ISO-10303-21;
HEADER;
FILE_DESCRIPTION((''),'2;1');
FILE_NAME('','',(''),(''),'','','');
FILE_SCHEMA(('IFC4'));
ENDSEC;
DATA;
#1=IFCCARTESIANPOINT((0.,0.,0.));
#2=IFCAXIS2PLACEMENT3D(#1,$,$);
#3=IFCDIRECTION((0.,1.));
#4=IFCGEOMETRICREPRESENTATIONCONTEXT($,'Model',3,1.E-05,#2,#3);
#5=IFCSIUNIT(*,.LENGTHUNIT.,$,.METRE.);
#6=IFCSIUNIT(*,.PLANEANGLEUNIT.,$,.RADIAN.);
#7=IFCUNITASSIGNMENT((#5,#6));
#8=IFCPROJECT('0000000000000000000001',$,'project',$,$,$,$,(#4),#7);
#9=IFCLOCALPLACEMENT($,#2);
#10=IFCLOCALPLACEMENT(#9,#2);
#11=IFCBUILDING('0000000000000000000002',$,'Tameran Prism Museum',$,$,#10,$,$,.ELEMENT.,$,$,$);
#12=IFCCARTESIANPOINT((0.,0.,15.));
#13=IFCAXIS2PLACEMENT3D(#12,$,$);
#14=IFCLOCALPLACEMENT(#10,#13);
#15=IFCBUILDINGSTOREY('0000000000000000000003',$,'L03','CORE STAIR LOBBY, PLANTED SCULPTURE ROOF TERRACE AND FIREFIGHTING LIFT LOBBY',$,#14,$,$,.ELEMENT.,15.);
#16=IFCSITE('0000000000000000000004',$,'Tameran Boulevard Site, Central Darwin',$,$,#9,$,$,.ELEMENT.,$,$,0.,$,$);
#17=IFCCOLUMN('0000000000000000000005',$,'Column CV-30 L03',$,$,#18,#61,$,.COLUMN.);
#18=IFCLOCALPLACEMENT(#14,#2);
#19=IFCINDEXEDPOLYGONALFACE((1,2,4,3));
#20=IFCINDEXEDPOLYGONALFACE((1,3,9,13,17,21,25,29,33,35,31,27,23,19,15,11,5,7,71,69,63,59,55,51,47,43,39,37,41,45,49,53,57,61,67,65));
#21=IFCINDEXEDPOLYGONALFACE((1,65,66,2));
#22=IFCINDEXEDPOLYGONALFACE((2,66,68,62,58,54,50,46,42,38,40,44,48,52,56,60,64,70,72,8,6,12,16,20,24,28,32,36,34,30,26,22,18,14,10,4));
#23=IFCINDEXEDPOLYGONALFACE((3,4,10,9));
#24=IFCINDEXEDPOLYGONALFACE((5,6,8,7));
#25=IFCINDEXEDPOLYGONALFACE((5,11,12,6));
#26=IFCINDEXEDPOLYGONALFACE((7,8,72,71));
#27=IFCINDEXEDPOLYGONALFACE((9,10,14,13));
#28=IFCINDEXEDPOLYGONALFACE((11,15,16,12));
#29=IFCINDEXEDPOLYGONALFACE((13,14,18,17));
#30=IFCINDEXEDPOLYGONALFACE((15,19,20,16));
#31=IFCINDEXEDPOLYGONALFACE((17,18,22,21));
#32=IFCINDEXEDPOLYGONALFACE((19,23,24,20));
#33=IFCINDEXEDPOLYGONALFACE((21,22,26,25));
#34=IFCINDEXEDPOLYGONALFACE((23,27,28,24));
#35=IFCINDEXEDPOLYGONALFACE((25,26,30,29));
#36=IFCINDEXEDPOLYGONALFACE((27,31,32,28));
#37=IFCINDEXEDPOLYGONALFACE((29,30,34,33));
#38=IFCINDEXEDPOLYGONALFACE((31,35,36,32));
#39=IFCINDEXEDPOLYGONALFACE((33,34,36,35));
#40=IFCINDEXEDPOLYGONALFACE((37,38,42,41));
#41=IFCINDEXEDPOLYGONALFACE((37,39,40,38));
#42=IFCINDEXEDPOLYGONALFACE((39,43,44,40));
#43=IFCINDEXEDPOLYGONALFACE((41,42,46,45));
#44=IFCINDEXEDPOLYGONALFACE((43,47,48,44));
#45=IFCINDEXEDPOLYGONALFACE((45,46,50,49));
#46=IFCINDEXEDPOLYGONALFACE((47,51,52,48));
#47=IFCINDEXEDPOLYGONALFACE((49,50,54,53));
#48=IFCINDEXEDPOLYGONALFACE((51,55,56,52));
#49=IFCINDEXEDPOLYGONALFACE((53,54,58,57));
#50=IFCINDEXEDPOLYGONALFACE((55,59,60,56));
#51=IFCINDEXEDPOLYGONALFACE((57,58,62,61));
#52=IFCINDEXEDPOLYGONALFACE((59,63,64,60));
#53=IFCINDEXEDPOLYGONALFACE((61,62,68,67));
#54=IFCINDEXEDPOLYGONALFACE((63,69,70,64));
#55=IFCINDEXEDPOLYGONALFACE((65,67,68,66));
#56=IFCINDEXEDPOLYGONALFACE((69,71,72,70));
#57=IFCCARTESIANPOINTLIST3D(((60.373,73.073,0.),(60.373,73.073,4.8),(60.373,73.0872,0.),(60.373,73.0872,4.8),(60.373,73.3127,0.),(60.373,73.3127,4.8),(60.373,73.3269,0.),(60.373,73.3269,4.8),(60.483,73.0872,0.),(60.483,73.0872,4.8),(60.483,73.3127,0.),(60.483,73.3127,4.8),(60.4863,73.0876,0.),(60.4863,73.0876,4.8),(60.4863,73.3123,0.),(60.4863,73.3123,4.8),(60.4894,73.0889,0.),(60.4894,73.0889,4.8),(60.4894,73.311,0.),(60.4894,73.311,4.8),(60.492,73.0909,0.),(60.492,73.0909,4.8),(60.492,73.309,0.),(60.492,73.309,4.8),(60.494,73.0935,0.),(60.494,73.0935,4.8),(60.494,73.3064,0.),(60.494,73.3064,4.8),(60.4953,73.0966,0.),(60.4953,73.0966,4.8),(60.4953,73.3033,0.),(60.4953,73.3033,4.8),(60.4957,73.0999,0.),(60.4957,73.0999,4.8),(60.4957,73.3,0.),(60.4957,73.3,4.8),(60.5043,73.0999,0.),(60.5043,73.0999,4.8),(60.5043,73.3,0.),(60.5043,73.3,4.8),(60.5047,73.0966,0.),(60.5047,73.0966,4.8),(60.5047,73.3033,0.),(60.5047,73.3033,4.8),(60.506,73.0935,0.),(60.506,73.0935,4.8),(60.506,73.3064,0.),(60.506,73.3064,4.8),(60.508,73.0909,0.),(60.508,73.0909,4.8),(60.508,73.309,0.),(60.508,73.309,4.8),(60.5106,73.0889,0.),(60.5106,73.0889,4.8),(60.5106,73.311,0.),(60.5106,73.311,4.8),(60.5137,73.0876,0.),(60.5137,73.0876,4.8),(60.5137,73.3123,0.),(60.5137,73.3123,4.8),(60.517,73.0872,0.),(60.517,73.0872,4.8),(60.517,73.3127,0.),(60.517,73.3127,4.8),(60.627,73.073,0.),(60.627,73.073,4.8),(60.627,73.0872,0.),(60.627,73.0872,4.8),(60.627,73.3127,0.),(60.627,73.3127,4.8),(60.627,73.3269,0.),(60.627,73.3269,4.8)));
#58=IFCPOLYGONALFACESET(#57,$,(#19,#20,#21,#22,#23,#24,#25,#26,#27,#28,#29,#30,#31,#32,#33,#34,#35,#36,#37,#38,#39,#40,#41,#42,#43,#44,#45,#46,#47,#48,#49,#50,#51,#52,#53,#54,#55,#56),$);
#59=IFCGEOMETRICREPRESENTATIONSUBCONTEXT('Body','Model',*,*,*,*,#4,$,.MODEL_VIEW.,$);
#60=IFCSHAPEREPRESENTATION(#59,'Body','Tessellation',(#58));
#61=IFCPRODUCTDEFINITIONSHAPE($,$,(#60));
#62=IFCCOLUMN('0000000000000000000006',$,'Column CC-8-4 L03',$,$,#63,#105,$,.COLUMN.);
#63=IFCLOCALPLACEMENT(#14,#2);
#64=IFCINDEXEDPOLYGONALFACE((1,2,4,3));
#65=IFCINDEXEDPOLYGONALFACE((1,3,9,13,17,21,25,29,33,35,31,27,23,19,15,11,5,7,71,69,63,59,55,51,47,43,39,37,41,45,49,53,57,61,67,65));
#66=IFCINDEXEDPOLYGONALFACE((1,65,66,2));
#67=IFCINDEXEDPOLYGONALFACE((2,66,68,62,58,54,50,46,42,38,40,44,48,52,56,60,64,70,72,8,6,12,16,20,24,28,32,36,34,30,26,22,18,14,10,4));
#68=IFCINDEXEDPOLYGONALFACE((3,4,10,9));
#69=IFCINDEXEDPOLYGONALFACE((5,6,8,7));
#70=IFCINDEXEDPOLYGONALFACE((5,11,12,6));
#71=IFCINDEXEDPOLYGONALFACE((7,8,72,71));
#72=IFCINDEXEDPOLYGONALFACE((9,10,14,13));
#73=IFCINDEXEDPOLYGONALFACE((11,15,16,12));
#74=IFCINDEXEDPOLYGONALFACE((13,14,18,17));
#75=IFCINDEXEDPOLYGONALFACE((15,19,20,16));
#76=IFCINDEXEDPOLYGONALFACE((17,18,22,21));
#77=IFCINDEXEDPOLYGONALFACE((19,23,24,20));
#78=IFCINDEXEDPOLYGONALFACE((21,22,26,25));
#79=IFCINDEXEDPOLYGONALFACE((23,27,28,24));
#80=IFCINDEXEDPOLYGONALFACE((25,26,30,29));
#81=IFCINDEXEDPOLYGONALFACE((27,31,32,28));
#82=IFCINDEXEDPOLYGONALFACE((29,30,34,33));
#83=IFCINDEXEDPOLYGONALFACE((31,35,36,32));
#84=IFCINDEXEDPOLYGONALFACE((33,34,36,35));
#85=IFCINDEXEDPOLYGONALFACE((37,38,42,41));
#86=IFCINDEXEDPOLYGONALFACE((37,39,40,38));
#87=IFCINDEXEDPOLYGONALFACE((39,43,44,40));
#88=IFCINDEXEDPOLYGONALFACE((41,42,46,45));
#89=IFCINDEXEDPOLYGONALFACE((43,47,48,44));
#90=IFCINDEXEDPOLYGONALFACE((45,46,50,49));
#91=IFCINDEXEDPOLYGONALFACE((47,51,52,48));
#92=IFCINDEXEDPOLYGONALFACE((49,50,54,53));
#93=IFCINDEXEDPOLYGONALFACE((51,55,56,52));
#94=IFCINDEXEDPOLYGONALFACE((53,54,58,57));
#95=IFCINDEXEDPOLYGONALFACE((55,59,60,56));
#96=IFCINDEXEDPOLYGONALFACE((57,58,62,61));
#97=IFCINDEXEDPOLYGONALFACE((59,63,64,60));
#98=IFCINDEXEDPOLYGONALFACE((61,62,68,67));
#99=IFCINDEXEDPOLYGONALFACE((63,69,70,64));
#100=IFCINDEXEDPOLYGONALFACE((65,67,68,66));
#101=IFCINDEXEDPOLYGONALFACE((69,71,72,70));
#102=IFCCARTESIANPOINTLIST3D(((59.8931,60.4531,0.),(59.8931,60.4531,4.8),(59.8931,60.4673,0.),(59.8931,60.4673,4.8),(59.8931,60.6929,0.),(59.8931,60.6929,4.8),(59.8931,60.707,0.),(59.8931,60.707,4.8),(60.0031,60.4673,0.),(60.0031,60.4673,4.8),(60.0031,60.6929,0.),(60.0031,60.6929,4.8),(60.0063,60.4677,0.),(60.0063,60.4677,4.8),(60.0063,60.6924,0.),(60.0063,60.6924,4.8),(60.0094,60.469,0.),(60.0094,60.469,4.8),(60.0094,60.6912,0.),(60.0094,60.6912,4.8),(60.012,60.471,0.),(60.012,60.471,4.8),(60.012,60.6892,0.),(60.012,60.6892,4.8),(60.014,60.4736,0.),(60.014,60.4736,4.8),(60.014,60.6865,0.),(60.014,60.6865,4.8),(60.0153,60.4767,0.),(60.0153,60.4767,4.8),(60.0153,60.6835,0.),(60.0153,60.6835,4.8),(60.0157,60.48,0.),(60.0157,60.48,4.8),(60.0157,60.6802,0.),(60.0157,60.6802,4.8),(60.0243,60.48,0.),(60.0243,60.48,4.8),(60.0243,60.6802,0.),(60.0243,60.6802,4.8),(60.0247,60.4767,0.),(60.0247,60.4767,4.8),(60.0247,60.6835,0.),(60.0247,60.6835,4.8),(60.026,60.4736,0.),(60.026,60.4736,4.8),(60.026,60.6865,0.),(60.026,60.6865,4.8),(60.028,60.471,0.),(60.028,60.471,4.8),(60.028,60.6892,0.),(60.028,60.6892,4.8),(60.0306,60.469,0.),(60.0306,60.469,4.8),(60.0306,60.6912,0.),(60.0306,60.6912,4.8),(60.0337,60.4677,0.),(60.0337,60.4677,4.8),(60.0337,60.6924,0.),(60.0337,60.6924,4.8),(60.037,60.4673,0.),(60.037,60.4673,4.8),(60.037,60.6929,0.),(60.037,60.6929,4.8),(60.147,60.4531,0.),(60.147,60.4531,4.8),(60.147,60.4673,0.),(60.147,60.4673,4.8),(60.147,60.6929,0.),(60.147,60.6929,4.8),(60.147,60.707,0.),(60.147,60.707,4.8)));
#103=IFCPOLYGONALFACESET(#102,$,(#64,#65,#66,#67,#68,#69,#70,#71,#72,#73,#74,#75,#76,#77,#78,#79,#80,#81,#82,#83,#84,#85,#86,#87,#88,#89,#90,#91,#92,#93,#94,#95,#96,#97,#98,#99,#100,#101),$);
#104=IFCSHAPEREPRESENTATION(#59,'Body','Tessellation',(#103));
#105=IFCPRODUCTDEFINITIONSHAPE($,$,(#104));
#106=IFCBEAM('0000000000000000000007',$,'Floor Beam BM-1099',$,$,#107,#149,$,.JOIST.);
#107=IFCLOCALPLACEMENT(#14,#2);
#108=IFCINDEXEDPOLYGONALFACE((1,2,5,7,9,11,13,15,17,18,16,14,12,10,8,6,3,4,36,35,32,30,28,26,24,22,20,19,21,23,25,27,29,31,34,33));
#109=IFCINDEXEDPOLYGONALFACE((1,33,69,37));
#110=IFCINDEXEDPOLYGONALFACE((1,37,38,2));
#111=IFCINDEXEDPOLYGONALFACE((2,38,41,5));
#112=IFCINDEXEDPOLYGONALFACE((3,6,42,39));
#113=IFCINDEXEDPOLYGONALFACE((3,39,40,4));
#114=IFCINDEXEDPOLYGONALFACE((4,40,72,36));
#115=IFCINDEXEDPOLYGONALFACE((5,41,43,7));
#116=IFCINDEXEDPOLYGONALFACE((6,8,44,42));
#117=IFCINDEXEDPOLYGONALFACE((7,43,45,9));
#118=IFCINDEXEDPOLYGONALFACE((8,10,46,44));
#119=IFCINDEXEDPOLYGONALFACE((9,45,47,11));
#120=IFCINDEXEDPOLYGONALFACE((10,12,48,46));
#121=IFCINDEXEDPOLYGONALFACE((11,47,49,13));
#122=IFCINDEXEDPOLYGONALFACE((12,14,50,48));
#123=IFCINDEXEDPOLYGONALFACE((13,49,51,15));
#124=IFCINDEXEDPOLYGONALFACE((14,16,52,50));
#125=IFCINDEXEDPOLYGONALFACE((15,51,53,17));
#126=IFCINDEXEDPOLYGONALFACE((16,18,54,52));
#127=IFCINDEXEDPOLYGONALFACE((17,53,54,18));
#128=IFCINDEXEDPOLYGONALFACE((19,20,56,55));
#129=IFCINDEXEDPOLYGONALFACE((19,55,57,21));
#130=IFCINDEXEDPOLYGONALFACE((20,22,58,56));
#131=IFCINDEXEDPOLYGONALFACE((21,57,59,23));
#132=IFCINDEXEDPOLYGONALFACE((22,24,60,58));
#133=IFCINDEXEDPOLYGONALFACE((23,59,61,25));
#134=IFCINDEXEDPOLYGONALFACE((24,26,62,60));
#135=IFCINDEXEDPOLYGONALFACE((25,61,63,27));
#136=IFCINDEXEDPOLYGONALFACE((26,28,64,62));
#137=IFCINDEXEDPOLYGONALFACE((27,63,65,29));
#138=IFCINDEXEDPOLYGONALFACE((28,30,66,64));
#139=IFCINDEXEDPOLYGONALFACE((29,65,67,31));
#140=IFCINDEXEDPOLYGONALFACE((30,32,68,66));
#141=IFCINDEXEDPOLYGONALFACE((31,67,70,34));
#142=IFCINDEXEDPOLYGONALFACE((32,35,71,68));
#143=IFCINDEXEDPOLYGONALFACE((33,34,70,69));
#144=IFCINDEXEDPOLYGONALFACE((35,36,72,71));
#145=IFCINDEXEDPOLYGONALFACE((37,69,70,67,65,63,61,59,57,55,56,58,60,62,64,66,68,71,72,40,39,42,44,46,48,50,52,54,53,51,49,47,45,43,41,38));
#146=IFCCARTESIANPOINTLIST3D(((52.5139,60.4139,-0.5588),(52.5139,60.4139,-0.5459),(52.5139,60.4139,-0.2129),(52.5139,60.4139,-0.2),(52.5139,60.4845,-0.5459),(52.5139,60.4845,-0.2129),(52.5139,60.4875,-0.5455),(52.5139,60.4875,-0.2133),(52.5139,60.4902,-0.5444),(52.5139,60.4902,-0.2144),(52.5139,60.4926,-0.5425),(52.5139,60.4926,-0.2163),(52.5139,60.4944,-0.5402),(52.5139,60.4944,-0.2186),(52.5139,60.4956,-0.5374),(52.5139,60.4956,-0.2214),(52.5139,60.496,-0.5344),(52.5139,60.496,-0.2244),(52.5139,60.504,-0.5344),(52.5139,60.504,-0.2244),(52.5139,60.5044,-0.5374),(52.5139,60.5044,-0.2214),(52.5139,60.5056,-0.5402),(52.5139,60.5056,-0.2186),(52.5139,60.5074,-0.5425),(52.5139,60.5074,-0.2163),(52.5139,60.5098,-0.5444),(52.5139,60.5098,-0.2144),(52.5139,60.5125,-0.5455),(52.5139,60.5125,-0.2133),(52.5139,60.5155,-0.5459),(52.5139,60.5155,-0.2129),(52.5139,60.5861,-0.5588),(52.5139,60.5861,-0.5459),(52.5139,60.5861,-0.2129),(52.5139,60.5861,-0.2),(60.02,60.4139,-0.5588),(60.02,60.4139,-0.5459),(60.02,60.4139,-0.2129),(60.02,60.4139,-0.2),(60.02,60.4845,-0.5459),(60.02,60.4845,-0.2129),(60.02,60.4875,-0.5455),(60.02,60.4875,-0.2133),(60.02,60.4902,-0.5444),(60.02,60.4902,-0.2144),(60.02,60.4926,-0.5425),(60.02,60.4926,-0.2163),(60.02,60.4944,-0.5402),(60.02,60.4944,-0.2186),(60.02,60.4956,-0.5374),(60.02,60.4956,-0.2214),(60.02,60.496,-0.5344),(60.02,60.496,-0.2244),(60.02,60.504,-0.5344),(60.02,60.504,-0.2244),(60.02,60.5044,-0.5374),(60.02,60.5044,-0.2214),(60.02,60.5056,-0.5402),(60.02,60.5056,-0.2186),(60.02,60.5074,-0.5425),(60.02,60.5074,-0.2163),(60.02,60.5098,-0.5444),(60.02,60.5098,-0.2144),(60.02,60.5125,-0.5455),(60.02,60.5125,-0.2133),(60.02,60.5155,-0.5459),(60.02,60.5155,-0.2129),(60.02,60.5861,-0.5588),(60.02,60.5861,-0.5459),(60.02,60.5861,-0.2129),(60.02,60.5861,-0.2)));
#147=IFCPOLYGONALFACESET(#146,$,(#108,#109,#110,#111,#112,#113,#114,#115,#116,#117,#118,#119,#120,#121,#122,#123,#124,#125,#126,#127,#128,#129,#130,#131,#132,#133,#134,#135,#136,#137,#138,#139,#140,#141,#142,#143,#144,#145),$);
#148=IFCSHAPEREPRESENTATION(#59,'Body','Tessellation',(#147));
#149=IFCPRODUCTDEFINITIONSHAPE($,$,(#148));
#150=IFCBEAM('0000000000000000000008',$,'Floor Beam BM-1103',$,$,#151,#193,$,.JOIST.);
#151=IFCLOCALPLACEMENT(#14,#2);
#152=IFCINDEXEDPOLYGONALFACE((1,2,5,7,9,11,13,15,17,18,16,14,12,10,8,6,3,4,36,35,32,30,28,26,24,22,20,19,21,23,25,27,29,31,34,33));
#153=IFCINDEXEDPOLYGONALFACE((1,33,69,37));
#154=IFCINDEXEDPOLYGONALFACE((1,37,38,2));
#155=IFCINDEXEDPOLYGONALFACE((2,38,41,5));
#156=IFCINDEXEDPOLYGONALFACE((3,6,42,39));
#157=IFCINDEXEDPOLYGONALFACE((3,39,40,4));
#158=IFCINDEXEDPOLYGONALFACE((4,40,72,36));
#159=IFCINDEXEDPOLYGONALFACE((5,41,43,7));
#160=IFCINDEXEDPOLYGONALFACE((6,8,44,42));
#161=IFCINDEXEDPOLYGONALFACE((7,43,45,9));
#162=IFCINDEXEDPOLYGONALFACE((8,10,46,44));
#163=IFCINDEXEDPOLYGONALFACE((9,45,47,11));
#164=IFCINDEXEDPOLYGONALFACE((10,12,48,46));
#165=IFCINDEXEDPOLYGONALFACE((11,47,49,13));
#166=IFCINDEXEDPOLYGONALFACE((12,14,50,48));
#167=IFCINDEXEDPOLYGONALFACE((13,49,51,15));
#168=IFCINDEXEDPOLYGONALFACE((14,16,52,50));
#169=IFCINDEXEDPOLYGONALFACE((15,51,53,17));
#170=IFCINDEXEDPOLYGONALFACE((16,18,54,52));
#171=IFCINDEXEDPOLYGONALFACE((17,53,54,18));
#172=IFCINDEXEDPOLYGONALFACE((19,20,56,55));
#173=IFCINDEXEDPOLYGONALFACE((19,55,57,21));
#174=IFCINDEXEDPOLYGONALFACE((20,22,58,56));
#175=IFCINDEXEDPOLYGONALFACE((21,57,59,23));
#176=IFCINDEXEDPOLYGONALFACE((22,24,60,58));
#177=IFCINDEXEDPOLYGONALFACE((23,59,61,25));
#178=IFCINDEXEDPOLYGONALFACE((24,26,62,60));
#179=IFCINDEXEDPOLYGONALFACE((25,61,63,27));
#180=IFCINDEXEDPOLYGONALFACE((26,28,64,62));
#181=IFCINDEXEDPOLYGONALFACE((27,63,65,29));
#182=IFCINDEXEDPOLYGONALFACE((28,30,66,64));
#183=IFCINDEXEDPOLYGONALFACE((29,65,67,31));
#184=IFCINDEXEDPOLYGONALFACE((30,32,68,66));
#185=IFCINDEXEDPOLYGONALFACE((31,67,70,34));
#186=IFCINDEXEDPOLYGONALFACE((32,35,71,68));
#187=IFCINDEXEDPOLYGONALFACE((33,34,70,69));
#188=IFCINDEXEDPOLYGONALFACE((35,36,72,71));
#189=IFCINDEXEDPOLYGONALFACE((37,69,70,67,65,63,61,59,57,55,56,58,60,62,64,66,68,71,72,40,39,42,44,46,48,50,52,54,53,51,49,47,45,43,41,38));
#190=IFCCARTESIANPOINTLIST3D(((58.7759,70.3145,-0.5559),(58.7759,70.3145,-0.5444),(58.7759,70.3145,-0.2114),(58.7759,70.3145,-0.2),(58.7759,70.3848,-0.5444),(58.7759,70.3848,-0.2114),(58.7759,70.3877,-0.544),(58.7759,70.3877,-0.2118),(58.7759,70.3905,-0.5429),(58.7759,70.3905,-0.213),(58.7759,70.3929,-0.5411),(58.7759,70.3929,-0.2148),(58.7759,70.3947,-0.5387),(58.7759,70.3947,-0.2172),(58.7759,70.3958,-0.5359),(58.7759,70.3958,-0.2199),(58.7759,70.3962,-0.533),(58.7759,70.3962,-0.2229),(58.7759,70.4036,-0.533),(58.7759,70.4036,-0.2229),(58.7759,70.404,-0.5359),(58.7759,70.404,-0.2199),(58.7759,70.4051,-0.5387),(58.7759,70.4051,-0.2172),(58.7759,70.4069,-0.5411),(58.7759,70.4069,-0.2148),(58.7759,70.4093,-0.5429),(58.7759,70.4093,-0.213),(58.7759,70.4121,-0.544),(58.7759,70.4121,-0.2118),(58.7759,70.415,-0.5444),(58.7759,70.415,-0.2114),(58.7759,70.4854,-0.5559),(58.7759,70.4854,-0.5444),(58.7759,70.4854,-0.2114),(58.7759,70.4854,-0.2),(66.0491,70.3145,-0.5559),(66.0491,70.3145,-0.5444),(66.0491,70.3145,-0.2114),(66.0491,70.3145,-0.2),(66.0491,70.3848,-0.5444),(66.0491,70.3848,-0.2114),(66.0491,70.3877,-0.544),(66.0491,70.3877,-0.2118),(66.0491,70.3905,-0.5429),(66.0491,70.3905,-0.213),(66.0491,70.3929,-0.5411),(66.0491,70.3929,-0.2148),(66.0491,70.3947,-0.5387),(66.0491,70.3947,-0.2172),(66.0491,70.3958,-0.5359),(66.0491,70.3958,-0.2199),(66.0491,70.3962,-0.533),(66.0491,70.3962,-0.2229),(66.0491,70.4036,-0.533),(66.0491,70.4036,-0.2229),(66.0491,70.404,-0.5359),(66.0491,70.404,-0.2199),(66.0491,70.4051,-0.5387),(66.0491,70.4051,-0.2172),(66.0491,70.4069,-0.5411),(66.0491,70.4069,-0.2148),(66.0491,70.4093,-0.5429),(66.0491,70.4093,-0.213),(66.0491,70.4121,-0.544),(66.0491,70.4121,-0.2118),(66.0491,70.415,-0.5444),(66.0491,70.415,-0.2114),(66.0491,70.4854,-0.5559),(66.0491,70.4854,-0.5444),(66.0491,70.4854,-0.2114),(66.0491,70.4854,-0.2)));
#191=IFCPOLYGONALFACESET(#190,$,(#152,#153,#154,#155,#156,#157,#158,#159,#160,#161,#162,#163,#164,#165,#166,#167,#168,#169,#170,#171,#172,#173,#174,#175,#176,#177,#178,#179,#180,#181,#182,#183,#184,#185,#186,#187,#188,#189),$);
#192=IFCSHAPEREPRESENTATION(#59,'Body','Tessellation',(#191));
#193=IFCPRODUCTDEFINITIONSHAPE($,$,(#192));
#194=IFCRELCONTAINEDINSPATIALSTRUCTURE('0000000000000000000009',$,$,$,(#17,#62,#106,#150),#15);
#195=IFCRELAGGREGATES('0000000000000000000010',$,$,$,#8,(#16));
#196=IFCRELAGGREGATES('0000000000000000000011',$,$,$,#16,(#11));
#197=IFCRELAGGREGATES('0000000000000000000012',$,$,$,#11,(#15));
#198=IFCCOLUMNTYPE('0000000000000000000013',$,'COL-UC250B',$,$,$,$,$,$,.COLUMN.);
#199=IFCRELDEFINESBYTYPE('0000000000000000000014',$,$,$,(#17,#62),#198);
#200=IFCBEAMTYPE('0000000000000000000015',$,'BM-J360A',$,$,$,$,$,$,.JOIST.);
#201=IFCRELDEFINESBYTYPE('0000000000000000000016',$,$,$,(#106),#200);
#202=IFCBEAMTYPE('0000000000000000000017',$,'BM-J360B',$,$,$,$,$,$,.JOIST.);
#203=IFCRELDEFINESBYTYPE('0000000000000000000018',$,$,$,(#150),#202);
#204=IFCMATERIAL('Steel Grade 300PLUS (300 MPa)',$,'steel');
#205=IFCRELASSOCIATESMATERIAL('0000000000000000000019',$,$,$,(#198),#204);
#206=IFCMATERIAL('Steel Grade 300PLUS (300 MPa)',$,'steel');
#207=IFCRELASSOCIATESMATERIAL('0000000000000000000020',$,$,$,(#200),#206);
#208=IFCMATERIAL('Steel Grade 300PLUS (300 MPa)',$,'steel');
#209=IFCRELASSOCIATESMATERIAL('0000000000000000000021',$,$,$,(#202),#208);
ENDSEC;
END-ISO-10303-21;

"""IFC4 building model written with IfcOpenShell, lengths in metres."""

from ifc_helpers import new_model, si_unit, direction, frame, origin, origin_2d, place, context, subcontext, project, spatial, i_section, extrude, material, material_profile, profile_set, type_object, element, save


model = new_model("IFC4")

# Units and contexts
model_context = context("Model", 3, precision=1e-05, world=origin(), true_north=direction((0.0, 1.0)))
body_context = subcontext(model_context, "Body", "Model", "MODEL_VIEW")
ifc_project = project(units=[si_unit("LENGTHUNIT", "METRE"), si_unit("PLANEANGLEUNIT", "RADIAN")], contexts=[model_context])

# Site, building, storey
site_placement = place(None, origin())
site = spatial("IfcSite", under=ifc_project, at=site_placement, Name="Tameran Boulevard Site, Central Darwin", CompositionType="ELEMENT", RefElevation=0.0)
building_placement = place(site_placement, origin())
building = spatial("IfcBuilding", under=site, at=building_placement, Name="Tameran Prism Museum", CompositionType="ELEMENT")
storey_placement = place(building_placement, frame((0.0, 0.0, 15.0)))
storey = spatial("IfcBuildingStorey", under=building, at=storey_placement, Name="L03", Description="CORE STAIR LOBBY, PLANTED SCULPTURE ROOF TERRACE AND FIREFIGHTING LIFT LOBBY", CompositionType="ELEMENT", Elevation=15.0)

# Columns
ifc_material_1 = material(Name="Steel Grade 300PLUS (300 MPa)", Category="steel")
ifc_material_profile_1 = material_profile(ifc_material_1, i_section(OverallWidth=0.2539, OverallDepth=0.2539, WebThickness=0.0085, FlangeThickness=0.0142, FilletRadius=0.0127, at=origin_2d()))
ifc_profile_set_1 = profile_set([ifc_material_profile_1])
column_type = type_object("IfcColumnType", Name="COL-UC250B", PredefinedType="COLUMN", material=ifc_profile_set_1)
for number, where, z_axis, x_axis, name in (
    (1, (60.5, 73.2, 0.0), (0.0, 0.0, 1.0), (1.0, 0.0, 0.0), "Column CV-30 L03"),
    (2, (60.02, 60.5801, 0.0), (0.0, 0.0, 1.0), (1.0, 0.0, 0.0), "Column CC-8-4 L03"),
):
    element("IfcColumn", number, at=place(storey_placement, frame(where, z_axis=z_axis, x_axis=x_axis)), inside=storey, type_object=column_type, Name=name, PredefinedType="COLUMN", context=body_context, shape_type="SweptSolid", body=[
        extrude(i_section(OverallWidth=0.2539, OverallDepth=0.2539, WebThickness=0.0085, FlangeThickness=0.0142, FilletRadius=0.0127, at=origin_2d()), origin(), (0.0, 0.0, 1.0), 4.8),
    ])

# Beams
ifc_material_2 = material(Name="Steel Grade 300PLUS (300 MPa)", Category="steel")
ifc_material_profile_2 = material_profile(ifc_material_2, i_section(OverallWidth=0.1721, OverallDepth=0.3589, WebThickness=0.0081, FlangeThickness=0.0129, FilletRadius=0.0115, at=origin_2d()))
ifc_profile_set_2 = profile_set([ifc_material_profile_2])
beam_type_1 = type_object("IfcBeamType", Name="BM-J360A", PredefinedType="JOIST", material=ifc_profile_set_2)
beam_1_placement = place(storey_placement, frame((52.5139, 60.5, -0.3794), z_axis=(1.0, 0.0, 0.0), x_axis=(0.0, 1.0, 0.0)))
element("IfcBeam", 3, at=beam_1_placement, inside=storey, type_object=beam_type_1, Name="Floor Beam BM-1099", PredefinedType="JOIST", context=body_context, shape_type="SweptSolid", body=[
    extrude(i_section(OverallWidth=0.1721, OverallDepth=0.3589, WebThickness=0.0081, FlangeThickness=0.0129, FilletRadius=0.0115, at=origin_2d()), origin(), (0.0, 0.0, 1.0), 7.5061),
])
ifc_material_3 = material(Name="Steel Grade 300PLUS (300 MPa)", Category="steel")
ifc_material_profile_3 = material_profile(ifc_material_3, i_section(OverallWidth=0.1709, OverallDepth=0.356, WebThickness=0.0073, FlangeThickness=0.0115, FilletRadius=0.0115, at=origin_2d()))
ifc_profile_set_3 = profile_set([ifc_material_profile_3])
beam_type_2 = type_object("IfcBeamType", Name="BM-J360B", PredefinedType="JOIST", material=ifc_profile_set_3)
beam_2_placement = place(storey_placement, frame((58.7759, 70.3999, -0.3779), z_axis=(1.0, 0.0, 0.0), x_axis=(0.0, 1.0, 0.0)))
element("IfcBeam", 4, at=beam_2_placement, inside=storey, type_object=beam_type_2, Name="Floor Beam BM-1103", PredefinedType="JOIST", context=body_context, shape_type="SweptSolid", body=[
    extrude(i_section(OverallWidth=0.1709, OverallDepth=0.356, WebThickness=0.0073, FlangeThickness=0.0115, FilletRadius=0.0115, at=origin_2d()), origin(), (0.0, 0.0, 1.0), 7.2732),
])

save(model, "model.ifc")
